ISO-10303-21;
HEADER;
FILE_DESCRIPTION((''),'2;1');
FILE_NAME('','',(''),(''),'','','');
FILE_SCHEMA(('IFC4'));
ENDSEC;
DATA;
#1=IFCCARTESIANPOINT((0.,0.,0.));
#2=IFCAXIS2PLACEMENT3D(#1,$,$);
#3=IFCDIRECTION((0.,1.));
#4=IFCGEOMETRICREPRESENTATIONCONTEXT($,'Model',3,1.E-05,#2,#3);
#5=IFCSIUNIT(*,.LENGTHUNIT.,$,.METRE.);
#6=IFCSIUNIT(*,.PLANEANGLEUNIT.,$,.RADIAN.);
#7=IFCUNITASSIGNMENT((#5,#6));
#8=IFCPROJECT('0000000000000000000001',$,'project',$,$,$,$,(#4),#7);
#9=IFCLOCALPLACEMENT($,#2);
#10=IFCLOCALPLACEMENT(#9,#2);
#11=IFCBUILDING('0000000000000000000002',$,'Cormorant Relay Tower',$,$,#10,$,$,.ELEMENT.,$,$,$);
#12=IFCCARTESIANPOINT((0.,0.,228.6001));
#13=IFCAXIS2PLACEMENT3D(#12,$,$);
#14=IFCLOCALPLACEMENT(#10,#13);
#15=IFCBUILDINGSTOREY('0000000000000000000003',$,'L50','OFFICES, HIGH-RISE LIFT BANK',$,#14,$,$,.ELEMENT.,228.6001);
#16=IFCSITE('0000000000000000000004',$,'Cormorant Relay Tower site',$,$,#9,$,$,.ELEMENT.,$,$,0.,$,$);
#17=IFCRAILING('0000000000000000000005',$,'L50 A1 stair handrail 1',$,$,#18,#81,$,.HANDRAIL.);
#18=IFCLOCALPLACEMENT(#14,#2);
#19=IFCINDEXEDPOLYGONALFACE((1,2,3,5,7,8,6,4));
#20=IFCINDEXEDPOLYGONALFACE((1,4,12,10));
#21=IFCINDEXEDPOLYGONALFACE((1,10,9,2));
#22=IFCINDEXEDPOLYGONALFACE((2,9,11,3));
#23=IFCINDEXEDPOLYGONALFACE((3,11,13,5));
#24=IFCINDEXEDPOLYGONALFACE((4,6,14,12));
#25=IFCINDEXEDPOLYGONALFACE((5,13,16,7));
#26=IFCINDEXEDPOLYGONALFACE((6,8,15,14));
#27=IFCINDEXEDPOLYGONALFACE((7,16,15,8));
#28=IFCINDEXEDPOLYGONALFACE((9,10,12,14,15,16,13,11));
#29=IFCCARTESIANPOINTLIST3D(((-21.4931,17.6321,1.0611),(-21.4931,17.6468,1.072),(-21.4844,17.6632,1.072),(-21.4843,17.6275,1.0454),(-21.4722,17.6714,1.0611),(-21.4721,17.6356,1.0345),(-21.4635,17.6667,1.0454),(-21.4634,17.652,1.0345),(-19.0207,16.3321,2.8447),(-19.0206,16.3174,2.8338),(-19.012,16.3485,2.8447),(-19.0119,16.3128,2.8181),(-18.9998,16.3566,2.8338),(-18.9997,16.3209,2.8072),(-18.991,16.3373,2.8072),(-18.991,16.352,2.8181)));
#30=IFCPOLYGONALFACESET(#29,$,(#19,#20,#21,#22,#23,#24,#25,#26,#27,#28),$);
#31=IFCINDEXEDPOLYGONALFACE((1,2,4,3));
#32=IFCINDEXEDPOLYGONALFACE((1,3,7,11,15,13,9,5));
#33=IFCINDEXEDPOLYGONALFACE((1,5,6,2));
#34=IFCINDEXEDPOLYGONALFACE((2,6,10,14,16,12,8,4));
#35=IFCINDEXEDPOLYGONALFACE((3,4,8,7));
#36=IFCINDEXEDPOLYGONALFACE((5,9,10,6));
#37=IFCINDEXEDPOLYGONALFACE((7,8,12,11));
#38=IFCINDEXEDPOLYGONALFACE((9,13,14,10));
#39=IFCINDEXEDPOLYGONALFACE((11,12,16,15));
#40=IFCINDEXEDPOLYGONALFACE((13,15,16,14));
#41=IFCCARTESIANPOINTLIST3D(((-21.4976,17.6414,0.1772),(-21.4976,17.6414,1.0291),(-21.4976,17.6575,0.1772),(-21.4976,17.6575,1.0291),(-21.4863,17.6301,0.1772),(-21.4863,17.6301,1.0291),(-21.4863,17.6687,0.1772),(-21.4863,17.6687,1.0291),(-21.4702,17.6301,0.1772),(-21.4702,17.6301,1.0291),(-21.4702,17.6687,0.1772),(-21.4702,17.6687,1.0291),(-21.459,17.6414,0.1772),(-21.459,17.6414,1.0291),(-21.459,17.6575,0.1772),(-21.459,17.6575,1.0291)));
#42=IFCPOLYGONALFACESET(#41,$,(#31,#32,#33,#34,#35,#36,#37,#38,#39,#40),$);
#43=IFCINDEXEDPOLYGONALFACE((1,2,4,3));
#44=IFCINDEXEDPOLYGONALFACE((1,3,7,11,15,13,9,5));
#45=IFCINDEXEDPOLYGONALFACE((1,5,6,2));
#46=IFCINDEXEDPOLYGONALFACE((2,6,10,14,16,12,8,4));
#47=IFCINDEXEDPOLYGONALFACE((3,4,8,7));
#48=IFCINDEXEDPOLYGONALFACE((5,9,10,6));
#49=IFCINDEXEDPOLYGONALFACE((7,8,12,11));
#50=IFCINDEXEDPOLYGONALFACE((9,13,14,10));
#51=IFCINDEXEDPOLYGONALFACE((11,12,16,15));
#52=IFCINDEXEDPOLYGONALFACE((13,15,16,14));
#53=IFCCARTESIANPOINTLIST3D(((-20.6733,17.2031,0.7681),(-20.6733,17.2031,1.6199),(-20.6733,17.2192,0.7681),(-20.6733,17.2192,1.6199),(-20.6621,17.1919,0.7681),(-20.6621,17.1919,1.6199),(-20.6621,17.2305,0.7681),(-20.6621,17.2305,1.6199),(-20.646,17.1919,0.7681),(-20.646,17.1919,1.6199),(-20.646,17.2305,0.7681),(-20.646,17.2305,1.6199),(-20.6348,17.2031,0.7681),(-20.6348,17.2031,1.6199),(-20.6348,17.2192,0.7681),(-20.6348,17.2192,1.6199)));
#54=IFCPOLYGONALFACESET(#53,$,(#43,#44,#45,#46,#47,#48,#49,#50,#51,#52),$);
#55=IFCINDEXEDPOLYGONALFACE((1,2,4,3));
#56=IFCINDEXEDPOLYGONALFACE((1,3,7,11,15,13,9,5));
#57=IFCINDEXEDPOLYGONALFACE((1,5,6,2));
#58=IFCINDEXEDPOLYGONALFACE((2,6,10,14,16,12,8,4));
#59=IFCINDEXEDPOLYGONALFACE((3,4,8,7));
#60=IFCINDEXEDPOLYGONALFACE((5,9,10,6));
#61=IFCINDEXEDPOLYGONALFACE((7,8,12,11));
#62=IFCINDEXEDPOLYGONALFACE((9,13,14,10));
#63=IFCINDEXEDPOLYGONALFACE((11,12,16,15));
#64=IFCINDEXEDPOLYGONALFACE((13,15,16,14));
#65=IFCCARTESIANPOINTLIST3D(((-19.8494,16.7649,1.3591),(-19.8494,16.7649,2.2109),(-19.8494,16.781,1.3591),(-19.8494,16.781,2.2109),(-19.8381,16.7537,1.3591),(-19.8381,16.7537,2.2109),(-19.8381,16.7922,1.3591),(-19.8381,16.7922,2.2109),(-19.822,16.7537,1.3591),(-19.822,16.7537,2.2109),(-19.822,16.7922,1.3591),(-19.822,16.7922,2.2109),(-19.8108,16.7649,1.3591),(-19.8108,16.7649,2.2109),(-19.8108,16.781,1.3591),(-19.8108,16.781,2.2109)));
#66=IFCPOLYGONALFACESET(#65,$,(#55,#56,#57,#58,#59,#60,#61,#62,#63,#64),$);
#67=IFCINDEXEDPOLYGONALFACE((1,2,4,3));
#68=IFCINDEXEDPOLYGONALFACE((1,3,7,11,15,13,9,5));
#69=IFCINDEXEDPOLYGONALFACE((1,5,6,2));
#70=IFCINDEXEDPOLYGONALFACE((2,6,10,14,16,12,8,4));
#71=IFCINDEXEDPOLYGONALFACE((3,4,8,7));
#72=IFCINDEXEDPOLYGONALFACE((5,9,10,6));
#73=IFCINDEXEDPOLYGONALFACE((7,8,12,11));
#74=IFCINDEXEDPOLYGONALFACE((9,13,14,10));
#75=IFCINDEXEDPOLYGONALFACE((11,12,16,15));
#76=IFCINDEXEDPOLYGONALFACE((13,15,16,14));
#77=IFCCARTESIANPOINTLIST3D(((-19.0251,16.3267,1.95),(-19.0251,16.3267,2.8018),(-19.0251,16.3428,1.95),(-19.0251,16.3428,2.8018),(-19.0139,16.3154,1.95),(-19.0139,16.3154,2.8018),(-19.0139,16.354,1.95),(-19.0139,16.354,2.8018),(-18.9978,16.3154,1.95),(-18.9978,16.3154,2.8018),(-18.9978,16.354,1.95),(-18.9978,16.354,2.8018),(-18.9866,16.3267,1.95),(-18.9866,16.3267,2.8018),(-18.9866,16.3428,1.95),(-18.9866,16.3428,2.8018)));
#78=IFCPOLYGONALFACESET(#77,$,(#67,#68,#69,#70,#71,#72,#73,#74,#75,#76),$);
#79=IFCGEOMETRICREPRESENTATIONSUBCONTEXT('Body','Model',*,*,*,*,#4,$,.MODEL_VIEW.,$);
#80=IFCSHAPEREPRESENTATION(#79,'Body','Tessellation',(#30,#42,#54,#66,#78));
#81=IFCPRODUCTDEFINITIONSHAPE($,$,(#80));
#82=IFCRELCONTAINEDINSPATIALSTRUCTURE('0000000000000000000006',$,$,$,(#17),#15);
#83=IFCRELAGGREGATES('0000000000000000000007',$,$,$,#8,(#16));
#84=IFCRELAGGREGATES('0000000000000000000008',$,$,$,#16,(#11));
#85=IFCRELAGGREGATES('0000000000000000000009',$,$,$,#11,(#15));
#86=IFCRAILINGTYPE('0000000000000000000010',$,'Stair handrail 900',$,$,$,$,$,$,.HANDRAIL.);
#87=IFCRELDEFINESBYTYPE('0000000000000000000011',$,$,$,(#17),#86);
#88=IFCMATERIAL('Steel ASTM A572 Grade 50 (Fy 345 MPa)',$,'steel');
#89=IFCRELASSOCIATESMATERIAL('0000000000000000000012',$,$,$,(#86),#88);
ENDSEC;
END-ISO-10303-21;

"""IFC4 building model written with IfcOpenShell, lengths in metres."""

from ifc_helpers import new_model, si_unit, direction, frame, origin, place, context, subcontext, project, spatial, polyline, outline, extrude, material, type_object, element, save


model = new_model("IFC4")

# Units and contexts
model_context = context("Model", 3, precision=1e-05, world=origin(), true_north=direction((0.0, 1.0)))
body_context = subcontext(model_context, "Body", "Model", "MODEL_VIEW")
ifc_project = project(units=[si_unit("LENGTHUNIT", "METRE"), si_unit("PLANEANGLEUNIT", "RADIAN")], contexts=[model_context])

# Site, building, storey
site_placement = place(None, origin())
site = spatial("IfcSite", under=ifc_project, at=site_placement, Name="Cormorant Relay Tower site", CompositionType="ELEMENT", RefElevation=0.0)
building_placement = place(site_placement, origin())
building = spatial("IfcBuilding", under=site, at=building_placement, Name="Cormorant Relay Tower", CompositionType="ELEMENT")
storey_placement = place(building_placement, frame((0.0, 0.0, 228.6001)))
storey = spatial("IfcBuildingStorey", under=building, at=storey_placement, Name="L50", Description="OFFICES, HIGH-RISE LIFT BANK", CompositionType="ELEMENT", Elevation=228.6001)

# Railing
ifc_material_1 = material(Name="Steel ASTM A572 Grade 50 (Fy 345 MPa)", Category="steel")
railing_type = type_object("IfcRailingType", Name="Stair handrail 900", PredefinedType="HANDRAIL", material=ifc_material_1)
railing_placement = place(storey_placement, frame((-21.4783, 17.6494, 0.1772)))
element("IfcRailing", 1, at=railing_placement, inside=storey, type_object=railing_type, Name="L50 A1 stair handrail 1", PredefinedType="HANDRAIL", context=body_context, shape_type="SweptSolid", body=[
    extrude(outline(polyline([(0.0222, 0.0093), (0.0093, 0.0222), (-0.0093, 0.0222), (-0.0222, 0.0093), (-0.0222, -0.0093), (-0.0093, -0.0222), (0.0093, -0.0222), (0.0222, -0.0093), (0.0222, 0.0093)])), frame((0.0, 0.0, 0.876), z_axis=(0.746012, -0.39669, 0.534886), x_axis=(0.469497, 0.882934, 0.0)), (0.0, 0.0, 1.0), 3.3142),
    extrude(outline(polyline([(0.0193, 0.0081), (0.0081, 0.0193), (-0.0081, 0.0193), (-0.0193, 0.0081), (-0.0193, -0.0081), (-0.0081, -0.0193), (0.0081, -0.0193), (0.0193, -0.0081), (0.0193, 0.0081)])), origin(), (0.0, 0.0, 1.0), 0.8518),
    extrude(outline(polyline([(0.0193, 0.0081), (0.0081, 0.0193), (-0.0081, 0.0193), (-0.0193, 0.0081), (-0.0193, -0.0081), (-0.0081, -0.0193), (0.0081, -0.0193), (0.0193, -0.0081), (0.0193, 0.0081)])), frame((0.8242, -0.4382, 0.5908)), (0.0, 0.0, 1.0), 0.8518),
    extrude(outline(polyline([(0.0193, 0.0081), (0.0081, 0.0193), (-0.0081, 0.0193), (-0.0193, 0.0081), (-0.0193, -0.0081), (-0.0081, -0.0193), (0.0081, -0.0193), (0.0193, -0.0081), (0.0193, 0.0081)])), frame((1.6482, -0.8765, 1.1819)), (0.0, 0.0, 1.0), 0.8518),
    extrude(outline(polyline([(0.0193, 0.0081), (0.0081, 0.0193), (-0.0081, 0.0193), (-0.0193, 0.0081), (-0.0193, -0.0081), (-0.0081, -0.0193), (0.0081, -0.0193), (0.0193, -0.0081), (0.0193, 0.0081)])), frame((2.4724, -1.3147, 1.7727)), (0.0, 0.0, 1.0), 0.8518),
])

save(model, "model.ifc")
